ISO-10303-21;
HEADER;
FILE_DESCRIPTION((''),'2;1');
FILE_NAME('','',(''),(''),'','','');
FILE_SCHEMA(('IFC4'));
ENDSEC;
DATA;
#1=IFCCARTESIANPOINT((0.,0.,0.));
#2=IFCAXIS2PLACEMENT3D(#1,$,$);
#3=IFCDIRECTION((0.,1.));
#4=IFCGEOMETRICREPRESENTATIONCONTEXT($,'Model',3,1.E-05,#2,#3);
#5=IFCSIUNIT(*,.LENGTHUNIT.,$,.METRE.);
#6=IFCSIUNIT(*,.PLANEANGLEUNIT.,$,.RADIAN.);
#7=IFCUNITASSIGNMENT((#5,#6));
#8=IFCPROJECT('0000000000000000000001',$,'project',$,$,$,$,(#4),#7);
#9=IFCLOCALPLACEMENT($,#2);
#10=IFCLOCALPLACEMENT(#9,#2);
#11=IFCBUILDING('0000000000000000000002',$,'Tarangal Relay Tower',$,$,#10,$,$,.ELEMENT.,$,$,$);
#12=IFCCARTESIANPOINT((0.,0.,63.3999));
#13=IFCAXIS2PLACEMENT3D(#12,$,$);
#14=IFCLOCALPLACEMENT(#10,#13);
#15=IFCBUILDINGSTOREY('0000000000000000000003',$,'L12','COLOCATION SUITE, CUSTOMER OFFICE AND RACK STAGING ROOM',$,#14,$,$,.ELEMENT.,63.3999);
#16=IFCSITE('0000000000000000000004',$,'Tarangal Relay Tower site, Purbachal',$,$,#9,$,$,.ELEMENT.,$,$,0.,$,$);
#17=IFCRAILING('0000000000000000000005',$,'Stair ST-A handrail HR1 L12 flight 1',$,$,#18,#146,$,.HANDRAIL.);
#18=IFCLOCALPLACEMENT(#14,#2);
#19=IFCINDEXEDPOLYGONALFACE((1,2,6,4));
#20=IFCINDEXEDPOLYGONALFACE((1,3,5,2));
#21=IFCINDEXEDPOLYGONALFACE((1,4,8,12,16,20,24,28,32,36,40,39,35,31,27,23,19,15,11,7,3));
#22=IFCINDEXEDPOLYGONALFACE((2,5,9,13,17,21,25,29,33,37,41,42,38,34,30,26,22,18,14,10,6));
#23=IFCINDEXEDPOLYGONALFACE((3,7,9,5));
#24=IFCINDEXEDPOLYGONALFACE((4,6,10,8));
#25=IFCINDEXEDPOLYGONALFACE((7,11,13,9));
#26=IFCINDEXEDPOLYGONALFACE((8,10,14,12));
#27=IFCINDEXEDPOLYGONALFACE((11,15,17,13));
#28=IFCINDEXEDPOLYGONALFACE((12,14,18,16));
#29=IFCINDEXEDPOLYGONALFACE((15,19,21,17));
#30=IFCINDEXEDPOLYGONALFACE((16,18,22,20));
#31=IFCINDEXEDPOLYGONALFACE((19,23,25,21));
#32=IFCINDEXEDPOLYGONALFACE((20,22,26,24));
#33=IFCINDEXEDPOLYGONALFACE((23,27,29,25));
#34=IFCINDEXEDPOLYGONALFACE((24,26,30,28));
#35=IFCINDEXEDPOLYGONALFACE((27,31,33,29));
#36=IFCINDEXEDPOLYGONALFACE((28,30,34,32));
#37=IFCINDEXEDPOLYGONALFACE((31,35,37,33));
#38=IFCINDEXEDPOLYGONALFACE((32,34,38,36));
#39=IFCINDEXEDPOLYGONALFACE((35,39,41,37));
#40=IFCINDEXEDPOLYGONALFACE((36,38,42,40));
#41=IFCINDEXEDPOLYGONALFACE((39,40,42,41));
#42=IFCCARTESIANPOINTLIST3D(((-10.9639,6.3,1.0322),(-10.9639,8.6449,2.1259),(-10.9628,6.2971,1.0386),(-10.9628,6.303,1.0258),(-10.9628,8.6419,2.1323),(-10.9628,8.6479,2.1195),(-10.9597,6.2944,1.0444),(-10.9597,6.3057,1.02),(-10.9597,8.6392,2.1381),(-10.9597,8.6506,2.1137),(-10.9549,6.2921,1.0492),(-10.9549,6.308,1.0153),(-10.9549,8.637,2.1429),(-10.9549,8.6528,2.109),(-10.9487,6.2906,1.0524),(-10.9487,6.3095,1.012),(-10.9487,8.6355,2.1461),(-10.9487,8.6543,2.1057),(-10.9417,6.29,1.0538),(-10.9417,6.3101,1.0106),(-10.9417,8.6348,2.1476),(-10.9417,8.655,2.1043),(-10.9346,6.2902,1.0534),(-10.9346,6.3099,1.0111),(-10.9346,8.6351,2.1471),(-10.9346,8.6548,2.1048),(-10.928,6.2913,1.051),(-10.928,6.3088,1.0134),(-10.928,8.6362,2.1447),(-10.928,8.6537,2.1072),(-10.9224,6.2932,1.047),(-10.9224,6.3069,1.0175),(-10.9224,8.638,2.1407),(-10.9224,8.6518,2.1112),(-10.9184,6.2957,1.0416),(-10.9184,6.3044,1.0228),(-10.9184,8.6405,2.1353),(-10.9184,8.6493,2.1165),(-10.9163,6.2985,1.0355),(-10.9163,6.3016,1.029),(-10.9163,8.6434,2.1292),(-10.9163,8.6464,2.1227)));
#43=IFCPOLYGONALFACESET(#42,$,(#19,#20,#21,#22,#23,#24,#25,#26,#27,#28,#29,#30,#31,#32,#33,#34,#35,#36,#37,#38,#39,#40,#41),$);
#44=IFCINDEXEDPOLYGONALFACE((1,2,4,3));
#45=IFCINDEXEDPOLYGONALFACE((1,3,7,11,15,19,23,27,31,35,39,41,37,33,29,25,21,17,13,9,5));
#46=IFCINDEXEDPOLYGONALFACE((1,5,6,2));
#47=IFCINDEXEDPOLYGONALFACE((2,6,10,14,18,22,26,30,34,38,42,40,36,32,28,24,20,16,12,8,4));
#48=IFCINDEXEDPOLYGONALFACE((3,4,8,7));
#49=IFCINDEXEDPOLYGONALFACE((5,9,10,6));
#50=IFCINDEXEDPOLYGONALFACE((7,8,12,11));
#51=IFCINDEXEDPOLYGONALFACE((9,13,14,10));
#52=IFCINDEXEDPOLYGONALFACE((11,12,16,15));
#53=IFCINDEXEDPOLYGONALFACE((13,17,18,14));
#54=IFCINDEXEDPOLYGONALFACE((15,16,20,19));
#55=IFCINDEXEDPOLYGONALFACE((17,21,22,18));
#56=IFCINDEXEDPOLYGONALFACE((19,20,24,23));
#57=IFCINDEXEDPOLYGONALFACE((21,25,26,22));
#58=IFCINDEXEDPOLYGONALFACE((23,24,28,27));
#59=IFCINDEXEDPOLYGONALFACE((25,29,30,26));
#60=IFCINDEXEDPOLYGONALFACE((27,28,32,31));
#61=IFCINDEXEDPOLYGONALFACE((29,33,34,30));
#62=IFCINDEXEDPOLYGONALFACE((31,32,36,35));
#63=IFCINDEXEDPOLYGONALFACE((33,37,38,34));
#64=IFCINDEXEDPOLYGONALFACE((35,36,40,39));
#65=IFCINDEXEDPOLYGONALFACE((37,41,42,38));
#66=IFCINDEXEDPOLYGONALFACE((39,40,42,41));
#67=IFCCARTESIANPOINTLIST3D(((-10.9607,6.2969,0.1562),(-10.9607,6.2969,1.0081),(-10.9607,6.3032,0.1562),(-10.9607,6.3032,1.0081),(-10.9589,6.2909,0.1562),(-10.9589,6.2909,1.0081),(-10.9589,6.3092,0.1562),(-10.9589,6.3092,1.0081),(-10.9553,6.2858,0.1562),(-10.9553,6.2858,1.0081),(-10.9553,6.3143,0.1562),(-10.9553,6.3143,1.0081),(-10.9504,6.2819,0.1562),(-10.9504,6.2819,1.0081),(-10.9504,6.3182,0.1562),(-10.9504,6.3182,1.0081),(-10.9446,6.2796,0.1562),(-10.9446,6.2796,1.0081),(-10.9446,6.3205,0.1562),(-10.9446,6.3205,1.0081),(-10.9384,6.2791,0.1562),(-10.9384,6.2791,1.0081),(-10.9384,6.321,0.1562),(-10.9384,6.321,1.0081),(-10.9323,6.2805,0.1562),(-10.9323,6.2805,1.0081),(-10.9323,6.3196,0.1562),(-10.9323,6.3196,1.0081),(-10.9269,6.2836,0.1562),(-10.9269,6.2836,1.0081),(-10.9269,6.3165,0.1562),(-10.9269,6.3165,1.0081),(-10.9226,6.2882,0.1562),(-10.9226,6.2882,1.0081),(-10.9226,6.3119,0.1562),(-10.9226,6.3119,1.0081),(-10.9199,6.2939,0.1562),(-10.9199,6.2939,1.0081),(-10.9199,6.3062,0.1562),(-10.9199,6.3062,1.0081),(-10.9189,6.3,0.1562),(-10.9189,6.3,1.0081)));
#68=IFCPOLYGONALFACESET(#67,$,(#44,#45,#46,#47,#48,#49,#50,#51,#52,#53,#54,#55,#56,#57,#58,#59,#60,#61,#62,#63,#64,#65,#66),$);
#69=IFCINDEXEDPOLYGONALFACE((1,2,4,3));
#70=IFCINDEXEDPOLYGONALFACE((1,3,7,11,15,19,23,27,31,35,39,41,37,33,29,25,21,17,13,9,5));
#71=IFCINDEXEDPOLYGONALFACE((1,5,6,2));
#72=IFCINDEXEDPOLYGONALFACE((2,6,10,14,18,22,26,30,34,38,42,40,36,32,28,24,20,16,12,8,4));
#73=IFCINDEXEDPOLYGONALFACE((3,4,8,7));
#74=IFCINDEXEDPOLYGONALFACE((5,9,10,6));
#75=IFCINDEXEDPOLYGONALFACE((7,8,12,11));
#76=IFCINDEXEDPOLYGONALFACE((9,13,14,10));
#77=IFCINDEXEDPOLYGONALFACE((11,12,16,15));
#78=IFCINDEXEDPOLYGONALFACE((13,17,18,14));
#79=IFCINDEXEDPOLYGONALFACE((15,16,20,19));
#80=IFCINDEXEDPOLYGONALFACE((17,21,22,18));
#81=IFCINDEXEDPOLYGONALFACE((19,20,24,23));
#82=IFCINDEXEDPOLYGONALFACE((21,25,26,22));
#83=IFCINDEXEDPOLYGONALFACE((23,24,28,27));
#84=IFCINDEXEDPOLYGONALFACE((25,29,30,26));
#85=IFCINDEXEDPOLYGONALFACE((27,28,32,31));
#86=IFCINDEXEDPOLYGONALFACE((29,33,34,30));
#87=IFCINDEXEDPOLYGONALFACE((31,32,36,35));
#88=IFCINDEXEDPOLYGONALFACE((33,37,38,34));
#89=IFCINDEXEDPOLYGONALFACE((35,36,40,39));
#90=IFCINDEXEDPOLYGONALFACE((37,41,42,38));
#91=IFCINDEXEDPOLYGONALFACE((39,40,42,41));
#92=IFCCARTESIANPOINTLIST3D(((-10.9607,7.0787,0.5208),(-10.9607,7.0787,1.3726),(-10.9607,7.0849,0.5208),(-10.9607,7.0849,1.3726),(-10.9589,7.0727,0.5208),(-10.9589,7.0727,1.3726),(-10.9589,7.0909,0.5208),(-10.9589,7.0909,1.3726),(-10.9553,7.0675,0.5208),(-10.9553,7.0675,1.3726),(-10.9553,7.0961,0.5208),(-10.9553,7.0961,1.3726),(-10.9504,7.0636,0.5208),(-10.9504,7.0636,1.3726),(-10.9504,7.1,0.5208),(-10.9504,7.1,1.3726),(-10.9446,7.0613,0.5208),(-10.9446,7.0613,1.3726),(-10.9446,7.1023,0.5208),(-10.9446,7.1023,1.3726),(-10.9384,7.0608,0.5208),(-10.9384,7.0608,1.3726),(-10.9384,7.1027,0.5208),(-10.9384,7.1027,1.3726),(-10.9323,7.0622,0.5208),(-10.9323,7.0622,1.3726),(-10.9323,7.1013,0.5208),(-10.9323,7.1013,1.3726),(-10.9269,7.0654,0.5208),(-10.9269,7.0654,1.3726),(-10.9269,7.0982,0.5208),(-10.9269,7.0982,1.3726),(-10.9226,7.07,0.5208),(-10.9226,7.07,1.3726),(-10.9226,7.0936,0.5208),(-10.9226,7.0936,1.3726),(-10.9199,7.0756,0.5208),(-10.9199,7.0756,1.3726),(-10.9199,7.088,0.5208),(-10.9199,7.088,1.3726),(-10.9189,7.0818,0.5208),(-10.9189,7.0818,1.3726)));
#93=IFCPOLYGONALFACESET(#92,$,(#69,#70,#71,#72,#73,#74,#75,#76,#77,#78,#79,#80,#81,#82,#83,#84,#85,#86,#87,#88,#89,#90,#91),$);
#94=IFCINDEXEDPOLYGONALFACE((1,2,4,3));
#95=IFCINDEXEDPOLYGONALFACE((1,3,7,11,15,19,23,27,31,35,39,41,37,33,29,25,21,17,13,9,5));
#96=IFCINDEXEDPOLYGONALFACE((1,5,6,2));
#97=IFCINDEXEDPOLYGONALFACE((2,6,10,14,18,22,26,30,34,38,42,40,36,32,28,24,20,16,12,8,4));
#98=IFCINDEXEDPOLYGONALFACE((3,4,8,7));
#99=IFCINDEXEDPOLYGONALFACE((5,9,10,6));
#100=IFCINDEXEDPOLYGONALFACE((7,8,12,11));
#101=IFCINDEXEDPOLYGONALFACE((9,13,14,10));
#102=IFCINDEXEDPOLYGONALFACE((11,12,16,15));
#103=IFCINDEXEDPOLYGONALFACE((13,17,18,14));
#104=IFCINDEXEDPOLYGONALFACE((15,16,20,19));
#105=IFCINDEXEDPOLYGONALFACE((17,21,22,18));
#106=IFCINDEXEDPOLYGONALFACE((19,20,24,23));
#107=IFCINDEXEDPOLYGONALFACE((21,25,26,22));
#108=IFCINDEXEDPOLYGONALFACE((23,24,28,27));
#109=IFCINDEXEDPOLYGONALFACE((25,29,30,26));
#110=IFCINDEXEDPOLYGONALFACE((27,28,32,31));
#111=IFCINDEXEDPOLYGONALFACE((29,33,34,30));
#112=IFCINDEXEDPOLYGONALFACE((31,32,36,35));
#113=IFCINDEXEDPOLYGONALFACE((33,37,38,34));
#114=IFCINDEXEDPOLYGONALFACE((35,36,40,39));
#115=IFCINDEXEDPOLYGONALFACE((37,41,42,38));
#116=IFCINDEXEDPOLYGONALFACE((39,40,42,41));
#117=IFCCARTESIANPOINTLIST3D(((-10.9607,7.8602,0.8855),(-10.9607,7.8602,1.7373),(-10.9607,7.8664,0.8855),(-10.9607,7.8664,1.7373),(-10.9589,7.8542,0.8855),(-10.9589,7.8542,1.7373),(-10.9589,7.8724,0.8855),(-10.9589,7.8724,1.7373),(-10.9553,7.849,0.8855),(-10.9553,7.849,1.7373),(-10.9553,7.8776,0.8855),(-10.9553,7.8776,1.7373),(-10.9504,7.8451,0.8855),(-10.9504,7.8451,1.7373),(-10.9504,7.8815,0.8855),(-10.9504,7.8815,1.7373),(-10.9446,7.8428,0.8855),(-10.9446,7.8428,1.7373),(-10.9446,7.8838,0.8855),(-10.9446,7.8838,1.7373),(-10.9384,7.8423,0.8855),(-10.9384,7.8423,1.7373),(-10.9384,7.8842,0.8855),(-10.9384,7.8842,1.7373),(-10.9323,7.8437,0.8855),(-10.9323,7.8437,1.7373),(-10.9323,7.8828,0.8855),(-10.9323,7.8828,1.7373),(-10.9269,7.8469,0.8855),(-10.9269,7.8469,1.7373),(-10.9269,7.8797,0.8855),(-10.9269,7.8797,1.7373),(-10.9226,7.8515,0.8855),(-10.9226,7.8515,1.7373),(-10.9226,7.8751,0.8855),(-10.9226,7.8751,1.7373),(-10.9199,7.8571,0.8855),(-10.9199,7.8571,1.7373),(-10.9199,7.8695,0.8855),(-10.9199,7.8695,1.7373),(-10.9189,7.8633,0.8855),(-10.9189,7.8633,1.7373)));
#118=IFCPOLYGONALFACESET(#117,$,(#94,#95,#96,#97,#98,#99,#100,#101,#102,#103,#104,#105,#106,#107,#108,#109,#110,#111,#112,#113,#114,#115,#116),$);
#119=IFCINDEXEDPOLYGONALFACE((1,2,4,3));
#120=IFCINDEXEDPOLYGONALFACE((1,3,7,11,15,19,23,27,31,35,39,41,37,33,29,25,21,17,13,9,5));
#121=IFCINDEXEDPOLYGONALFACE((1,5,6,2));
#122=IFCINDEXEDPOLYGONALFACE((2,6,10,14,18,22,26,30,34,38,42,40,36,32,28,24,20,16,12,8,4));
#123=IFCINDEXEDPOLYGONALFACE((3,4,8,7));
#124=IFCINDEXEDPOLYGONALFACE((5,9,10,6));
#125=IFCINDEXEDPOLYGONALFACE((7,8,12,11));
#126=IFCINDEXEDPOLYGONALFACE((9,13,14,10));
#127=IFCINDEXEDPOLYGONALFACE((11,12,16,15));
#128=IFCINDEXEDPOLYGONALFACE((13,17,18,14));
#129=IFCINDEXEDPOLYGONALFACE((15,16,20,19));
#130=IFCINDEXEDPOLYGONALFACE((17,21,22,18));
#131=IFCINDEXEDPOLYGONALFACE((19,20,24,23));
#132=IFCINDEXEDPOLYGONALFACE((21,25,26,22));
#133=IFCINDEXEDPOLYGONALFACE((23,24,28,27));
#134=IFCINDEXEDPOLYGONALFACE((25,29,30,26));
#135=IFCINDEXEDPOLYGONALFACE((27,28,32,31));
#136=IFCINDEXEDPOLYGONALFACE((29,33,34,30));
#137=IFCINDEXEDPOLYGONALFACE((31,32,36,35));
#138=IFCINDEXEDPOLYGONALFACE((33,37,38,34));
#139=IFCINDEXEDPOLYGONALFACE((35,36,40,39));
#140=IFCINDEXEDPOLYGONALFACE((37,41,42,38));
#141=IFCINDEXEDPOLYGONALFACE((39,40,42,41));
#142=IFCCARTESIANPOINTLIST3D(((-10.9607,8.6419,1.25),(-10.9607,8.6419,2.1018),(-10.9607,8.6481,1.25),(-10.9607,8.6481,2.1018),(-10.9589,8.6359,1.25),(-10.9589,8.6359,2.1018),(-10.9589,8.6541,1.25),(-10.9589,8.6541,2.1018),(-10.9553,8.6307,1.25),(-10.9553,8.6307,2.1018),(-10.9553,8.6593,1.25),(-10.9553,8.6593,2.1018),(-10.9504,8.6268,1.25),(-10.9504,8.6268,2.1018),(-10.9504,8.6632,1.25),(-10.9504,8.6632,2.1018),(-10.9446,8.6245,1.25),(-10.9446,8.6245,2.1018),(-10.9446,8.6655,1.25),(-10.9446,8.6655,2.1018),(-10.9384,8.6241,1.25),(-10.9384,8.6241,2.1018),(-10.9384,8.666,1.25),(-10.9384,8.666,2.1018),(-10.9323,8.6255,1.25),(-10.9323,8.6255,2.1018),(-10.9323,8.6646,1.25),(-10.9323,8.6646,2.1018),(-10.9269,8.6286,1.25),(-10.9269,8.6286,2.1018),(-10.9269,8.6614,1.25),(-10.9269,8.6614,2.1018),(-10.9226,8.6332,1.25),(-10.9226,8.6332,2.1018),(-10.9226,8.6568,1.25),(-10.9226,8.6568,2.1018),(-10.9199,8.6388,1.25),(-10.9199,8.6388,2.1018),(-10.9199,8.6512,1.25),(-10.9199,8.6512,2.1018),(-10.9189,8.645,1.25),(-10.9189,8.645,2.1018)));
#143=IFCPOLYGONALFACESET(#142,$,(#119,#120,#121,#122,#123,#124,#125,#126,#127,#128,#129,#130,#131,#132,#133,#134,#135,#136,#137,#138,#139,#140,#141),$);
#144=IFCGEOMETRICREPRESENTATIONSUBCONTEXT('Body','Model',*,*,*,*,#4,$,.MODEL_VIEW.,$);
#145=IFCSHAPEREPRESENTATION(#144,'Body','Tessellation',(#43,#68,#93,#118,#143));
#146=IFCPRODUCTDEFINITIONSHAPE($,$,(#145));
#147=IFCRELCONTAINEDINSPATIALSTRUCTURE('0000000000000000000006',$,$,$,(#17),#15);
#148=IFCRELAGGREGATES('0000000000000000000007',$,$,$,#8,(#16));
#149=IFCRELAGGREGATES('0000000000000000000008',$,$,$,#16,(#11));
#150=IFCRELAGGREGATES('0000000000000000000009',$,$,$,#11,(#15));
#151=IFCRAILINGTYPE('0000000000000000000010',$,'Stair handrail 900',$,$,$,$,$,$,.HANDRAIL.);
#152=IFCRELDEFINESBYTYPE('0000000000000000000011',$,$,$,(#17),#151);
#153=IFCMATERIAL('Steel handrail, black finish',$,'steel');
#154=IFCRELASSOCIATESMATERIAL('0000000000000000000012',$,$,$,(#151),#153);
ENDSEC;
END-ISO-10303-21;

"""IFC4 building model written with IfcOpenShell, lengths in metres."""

from ifc_helpers import new_model, si_unit, direction, frame, origin, origin_2d, place, context, subcontext, project, spatial, circle, extrude, material, type_object, element, save


model = new_model("IFC4")

# Units and contexts
model_context = context("Model", 3, precision=1e-05, world=origin(), true_north=direction((0.0, 1.0)))
body_context = subcontext(model_context, "Body", "Model", "MODEL_VIEW")
ifc_project = project(units=[si_unit("LENGTHUNIT", "METRE"), si_unit("PLANEANGLEUNIT", "RADIAN")], contexts=[model_context])

# Site, building, storey
site_placement = place(None, origin())
site = spatial("IfcSite", under=ifc_project, at=site_placement, Name="Tarangal Relay Tower site, Purbachal", CompositionType="ELEMENT", RefElevation=0.0)
building_placement = place(site_placement, origin())
building = spatial("IfcBuilding", under=site, at=building_placement, Name="Tarangal Relay Tower", CompositionType="ELEMENT")
storey_placement = place(building_placement, frame((0.0, 0.0, 63.3999)))
storey = spatial("IfcBuildingStorey", under=building, at=storey_placement, Name="L12", Description="COLOCATION SUITE, CUSTOMER OFFICE AND RACK STAGING ROOM", CompositionType="ELEMENT", Elevation=63.3999)

# Railing
ifc_material_1 = material(Name="Steel handrail, black finish", Category="steel")
railing_type_1 = type_object("IfcRailingType", Name="Stair handrail 900", PredefinedType="HANDRAIL", material=ifc_material_1)
railing_1_placement = place(storey_placement, frame((-10.9399, 6.3, 0.1562)))
element("IfcRailing", 1, at=railing_1_placement, inside=storey, type_object=railing_type_1, Name="Stair ST-A handrail HR1 L12 flight 1", PredefinedType="HANDRAIL", context=body_context, shape_type="SweptSolid", body=[
    extrude(circle(Radius=0.0239, at=origin_2d()), frame((0.0, 0.0, 0.876), z_axis=(0.0, 0.906267, 0.422705), x_axis=(-1.0, 0.0, 0.0)), (0.0, 0.0, 1.0), 2.5874),
    extrude(circle(Radius=0.021, at=origin_2d()), origin(), (0.0, 0.0, 1.0), 0.8518),
    extrude(circle(Radius=0.021, at=origin_2d()), frame((0.0, 0.7817, 0.3645)), (0.0, 0.0, 1.0), 0.8518),
    extrude(circle(Radius=0.021, at=origin_2d()), frame((0.0, 1.5632, 0.7292)), (0.0, 0.0, 1.0), 0.8518),
    extrude(circle(Radius=0.021, at=origin_2d()), frame((0.0, 2.345, 1.0938)), (0.0, 0.0, 1.0), 0.8518),
])

save(model, "model.ifc")
